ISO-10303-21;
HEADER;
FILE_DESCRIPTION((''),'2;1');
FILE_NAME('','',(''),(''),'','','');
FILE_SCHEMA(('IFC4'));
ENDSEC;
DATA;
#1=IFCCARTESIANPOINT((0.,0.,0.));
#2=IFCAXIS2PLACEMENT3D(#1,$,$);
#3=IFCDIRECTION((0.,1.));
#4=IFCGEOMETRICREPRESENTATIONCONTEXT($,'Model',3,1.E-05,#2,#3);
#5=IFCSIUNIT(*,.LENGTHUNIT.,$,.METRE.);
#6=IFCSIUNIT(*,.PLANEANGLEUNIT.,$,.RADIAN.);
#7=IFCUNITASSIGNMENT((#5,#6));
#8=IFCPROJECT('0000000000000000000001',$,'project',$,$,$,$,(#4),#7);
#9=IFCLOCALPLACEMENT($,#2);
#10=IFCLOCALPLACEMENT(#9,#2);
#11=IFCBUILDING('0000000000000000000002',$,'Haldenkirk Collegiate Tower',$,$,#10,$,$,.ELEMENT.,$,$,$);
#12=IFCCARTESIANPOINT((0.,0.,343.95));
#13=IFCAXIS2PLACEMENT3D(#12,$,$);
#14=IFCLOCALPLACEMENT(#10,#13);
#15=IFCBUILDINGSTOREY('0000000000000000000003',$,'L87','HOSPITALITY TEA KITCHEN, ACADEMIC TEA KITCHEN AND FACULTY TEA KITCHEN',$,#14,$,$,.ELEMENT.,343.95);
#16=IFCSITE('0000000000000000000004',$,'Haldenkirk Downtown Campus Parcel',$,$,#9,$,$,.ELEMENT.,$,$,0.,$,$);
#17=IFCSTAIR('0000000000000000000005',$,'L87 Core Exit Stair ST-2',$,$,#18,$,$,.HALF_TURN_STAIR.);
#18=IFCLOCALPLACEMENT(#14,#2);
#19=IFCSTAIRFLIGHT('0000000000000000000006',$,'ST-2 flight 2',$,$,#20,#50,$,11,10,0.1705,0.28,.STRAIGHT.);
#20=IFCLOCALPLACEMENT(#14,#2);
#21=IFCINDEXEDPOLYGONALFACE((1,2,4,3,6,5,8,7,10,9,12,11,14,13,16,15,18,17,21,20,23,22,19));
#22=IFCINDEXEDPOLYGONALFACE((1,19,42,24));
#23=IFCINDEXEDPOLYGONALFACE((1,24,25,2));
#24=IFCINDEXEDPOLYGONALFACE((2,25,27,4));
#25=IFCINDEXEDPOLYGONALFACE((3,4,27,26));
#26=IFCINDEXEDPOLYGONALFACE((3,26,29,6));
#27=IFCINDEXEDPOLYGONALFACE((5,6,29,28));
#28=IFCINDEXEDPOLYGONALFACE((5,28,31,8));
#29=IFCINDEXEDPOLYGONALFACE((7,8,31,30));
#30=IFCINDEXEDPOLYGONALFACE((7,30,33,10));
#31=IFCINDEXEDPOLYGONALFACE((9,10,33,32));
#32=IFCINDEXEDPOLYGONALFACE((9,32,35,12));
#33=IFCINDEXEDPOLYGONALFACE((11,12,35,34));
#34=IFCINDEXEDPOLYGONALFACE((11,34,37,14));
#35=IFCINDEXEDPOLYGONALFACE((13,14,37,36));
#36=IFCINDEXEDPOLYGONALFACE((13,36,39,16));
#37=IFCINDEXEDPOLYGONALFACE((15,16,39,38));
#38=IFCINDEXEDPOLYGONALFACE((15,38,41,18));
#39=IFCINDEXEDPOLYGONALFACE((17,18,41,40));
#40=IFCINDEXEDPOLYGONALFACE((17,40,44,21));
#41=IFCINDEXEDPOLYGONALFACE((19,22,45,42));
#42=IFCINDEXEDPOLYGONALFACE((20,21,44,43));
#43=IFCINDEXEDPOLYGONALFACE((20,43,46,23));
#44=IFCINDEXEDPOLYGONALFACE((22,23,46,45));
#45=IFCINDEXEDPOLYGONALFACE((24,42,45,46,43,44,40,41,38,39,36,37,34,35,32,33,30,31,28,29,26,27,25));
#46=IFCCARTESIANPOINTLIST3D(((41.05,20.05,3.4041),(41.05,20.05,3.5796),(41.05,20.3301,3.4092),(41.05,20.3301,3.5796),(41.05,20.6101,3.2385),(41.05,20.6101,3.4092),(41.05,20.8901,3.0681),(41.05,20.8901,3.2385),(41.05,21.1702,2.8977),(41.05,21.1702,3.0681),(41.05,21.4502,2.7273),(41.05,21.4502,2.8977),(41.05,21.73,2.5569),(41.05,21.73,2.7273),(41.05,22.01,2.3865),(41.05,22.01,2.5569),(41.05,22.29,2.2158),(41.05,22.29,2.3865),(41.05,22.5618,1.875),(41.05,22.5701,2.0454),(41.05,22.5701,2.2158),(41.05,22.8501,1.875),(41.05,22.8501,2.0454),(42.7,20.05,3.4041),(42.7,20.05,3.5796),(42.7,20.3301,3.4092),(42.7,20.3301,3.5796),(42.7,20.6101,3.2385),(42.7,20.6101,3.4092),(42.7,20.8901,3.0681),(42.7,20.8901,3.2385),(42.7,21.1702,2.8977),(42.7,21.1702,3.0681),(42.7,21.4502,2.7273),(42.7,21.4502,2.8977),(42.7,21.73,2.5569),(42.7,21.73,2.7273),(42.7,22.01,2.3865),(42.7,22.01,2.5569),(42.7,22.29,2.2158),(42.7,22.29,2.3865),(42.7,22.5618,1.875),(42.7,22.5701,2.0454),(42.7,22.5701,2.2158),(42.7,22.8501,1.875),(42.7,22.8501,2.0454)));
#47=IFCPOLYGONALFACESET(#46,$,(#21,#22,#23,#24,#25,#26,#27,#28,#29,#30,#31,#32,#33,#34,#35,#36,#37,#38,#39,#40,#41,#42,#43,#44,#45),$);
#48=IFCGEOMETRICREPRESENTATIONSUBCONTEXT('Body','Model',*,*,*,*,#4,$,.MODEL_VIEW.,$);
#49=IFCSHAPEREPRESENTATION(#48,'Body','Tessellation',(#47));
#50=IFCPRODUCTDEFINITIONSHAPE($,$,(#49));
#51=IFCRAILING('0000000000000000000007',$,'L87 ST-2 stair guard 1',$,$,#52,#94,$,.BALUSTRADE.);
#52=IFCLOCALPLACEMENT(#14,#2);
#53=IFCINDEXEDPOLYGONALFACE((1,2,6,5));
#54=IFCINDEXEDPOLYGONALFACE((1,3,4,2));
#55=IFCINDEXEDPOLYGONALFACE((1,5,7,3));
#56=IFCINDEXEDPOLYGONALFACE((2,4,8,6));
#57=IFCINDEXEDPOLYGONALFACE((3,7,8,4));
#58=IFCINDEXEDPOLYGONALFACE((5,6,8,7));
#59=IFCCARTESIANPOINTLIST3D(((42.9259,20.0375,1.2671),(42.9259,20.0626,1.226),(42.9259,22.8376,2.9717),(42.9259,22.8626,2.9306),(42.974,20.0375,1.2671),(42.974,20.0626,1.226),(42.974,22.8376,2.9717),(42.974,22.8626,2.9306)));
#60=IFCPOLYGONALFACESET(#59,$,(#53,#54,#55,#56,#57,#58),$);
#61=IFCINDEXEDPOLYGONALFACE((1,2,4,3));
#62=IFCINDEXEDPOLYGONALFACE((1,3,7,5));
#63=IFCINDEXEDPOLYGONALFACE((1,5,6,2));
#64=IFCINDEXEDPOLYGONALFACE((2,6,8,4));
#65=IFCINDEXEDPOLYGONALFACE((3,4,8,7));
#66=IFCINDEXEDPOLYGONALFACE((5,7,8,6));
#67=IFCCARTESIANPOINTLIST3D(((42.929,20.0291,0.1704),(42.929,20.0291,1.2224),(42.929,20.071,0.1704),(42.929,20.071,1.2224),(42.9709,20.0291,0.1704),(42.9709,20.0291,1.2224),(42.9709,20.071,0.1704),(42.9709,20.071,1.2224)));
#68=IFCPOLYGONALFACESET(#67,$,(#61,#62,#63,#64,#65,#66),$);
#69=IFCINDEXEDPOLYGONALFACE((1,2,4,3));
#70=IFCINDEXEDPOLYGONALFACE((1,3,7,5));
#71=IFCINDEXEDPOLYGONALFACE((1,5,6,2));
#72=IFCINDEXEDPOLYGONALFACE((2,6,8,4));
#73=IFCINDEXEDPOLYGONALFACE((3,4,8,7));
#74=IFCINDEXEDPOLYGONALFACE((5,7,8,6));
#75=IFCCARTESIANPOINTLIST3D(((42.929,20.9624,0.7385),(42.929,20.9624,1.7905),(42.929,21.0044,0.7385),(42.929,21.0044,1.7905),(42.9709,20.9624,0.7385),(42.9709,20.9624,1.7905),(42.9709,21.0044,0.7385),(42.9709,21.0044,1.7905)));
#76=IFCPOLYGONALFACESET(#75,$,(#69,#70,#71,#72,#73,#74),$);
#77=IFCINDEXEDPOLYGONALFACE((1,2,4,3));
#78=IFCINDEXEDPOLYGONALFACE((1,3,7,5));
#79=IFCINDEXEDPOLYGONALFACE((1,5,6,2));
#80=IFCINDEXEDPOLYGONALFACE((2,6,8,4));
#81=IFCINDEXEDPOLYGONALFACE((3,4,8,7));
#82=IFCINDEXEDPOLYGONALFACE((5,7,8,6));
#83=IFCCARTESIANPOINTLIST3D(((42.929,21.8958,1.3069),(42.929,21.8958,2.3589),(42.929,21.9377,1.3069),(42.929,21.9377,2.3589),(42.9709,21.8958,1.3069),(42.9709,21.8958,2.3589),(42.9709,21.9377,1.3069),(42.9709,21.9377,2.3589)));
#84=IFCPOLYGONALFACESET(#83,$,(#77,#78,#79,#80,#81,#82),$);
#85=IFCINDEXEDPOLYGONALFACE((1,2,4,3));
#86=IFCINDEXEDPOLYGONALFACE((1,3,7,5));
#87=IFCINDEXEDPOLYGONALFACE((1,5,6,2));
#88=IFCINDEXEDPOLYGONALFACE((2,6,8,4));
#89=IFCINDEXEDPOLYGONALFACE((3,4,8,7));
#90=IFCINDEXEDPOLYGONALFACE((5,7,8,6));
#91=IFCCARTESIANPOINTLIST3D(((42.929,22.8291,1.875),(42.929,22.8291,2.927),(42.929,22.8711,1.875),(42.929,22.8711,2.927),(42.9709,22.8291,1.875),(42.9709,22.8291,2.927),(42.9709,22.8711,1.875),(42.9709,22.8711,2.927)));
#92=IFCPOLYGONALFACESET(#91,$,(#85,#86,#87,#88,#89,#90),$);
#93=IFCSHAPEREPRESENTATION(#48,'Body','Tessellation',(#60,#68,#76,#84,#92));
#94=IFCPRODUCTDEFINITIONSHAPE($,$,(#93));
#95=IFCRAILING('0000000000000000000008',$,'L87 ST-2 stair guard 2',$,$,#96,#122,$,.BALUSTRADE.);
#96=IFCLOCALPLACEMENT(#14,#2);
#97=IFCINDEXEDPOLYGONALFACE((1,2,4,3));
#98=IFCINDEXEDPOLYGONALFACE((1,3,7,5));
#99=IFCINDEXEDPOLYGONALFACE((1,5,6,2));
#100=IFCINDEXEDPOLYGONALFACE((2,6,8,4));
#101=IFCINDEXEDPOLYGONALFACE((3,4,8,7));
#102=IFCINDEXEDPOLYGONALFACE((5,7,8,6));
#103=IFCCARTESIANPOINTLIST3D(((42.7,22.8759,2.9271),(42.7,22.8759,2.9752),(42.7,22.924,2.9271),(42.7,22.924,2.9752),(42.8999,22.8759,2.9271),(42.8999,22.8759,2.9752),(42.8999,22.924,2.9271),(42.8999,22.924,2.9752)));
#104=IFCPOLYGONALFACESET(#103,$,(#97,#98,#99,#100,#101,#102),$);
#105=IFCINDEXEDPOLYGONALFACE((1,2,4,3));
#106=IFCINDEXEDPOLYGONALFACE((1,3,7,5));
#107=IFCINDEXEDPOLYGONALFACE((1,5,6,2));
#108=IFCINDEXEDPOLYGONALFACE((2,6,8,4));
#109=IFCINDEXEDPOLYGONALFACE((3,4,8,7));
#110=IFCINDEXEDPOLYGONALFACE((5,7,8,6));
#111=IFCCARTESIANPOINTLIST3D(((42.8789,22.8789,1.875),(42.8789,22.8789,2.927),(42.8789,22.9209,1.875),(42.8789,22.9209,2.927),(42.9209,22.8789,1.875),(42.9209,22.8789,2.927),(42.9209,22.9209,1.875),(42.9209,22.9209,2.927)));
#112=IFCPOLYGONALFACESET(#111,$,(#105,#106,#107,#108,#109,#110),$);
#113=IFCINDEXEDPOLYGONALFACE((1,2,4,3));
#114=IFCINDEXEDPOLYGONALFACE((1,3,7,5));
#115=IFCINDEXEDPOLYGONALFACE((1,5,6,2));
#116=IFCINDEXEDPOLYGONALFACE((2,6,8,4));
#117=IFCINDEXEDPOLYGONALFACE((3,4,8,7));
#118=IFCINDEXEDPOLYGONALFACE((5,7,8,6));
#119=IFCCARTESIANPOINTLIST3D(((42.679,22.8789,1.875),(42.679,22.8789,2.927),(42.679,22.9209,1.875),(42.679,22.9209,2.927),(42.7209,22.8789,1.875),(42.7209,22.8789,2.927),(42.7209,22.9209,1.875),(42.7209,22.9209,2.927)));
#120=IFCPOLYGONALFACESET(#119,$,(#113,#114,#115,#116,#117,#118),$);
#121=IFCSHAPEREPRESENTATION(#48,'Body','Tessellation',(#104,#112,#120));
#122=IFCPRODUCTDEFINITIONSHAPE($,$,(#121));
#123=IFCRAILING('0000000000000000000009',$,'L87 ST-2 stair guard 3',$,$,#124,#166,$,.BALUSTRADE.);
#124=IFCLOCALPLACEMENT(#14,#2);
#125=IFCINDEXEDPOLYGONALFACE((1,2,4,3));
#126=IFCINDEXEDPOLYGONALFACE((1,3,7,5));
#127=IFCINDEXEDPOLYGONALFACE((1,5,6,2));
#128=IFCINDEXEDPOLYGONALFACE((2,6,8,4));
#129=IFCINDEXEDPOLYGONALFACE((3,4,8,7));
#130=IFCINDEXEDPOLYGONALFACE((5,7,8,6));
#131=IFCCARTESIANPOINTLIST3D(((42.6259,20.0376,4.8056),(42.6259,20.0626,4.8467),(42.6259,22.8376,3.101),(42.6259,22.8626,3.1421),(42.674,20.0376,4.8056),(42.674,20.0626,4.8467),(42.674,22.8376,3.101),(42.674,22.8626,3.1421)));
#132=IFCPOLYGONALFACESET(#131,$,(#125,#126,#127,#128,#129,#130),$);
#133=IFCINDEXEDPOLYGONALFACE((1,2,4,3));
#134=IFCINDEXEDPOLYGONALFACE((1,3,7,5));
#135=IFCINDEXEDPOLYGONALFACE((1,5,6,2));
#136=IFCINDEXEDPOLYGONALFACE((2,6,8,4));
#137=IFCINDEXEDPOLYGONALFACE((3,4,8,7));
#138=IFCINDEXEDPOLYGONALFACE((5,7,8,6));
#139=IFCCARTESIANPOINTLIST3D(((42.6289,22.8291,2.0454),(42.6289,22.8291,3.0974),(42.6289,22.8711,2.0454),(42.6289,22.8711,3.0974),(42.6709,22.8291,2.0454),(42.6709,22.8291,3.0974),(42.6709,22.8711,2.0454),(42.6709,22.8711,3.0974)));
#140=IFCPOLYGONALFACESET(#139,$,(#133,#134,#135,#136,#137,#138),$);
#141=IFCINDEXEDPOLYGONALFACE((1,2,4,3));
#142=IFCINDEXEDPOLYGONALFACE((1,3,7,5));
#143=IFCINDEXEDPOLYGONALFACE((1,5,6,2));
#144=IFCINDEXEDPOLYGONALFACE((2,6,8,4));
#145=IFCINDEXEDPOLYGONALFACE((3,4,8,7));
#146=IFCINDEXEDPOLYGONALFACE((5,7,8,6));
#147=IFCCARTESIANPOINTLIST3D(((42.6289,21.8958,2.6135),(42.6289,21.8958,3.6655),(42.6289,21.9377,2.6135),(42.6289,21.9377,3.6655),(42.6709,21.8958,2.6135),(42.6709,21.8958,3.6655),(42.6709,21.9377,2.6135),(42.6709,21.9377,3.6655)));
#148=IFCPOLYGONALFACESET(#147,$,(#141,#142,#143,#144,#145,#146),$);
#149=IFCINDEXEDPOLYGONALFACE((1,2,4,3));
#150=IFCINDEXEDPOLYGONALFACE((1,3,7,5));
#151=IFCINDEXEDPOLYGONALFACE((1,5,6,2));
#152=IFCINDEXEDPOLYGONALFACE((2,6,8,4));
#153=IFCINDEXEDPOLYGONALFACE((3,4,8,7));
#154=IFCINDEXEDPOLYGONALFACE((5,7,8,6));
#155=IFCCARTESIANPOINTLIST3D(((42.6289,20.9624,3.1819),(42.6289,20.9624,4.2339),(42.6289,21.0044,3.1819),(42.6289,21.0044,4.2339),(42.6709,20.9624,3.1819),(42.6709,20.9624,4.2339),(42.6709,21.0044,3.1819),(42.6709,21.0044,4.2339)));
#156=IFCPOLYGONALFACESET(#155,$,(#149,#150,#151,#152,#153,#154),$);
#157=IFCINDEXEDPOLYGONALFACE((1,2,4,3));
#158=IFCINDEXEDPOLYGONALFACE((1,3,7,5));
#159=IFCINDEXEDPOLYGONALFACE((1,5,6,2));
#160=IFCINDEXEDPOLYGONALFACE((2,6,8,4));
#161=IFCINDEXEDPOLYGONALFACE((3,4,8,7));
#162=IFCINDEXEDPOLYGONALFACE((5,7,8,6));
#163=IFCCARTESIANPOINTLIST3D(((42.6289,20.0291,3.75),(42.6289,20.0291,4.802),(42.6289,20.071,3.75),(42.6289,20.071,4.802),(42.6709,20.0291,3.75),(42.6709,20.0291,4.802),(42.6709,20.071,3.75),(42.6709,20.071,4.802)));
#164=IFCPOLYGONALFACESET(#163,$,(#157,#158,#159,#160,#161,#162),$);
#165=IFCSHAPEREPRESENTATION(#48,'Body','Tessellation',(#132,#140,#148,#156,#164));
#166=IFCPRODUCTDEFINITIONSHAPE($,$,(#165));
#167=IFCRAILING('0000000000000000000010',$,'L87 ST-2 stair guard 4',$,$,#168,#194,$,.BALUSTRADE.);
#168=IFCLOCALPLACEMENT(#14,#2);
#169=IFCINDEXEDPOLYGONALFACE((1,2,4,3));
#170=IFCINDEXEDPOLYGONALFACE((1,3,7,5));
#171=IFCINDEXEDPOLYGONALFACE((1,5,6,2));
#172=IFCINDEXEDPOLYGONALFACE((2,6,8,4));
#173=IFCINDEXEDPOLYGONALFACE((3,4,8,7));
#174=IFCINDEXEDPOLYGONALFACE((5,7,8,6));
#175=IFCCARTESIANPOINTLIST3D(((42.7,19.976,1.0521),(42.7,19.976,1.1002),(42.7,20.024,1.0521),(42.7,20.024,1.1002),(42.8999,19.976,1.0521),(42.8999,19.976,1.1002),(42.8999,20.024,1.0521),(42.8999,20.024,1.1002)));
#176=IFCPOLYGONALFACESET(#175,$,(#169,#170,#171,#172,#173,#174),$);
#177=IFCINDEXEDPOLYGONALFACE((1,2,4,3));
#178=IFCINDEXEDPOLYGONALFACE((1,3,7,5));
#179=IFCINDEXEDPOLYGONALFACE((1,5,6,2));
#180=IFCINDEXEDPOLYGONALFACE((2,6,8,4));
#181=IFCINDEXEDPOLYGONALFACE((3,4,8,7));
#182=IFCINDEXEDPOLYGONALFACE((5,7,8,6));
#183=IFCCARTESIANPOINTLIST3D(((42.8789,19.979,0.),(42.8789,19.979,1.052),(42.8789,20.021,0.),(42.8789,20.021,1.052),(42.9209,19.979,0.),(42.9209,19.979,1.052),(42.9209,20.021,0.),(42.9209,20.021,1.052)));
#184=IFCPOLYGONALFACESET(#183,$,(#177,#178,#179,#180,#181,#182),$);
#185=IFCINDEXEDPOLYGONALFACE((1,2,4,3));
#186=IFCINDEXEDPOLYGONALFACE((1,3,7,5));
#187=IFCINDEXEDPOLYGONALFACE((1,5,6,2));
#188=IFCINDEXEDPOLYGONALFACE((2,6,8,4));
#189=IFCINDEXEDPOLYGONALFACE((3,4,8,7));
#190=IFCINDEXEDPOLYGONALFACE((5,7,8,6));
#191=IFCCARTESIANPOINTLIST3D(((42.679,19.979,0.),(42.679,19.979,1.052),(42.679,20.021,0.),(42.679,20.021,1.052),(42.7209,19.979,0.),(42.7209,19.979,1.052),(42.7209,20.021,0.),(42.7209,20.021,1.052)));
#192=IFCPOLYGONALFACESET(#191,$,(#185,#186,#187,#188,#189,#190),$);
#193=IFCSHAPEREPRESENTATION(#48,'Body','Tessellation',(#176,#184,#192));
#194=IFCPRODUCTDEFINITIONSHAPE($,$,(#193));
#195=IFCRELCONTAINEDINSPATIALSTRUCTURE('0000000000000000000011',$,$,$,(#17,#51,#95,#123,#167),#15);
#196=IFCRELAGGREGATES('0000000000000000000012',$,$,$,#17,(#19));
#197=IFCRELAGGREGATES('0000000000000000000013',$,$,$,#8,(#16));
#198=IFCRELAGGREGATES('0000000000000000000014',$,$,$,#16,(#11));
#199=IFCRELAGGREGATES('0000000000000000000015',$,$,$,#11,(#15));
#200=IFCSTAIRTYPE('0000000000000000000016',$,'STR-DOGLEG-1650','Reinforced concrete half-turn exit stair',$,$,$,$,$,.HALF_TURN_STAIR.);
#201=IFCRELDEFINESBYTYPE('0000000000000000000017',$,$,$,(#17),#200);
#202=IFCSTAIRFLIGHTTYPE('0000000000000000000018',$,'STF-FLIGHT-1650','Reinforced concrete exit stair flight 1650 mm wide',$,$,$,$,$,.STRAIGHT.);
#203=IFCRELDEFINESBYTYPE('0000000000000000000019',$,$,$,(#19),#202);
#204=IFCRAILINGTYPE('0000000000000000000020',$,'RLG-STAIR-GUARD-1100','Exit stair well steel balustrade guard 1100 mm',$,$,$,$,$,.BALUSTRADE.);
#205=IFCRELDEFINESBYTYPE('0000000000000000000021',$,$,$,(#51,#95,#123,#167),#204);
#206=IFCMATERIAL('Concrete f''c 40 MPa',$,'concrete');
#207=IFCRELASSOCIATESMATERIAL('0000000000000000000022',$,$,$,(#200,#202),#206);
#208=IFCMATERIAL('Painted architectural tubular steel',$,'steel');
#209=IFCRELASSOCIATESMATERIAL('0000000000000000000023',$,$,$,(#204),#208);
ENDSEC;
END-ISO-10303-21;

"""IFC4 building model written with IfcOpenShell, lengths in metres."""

from ifc_helpers import new_model, si_unit, direction, frame, origin, origin_2d, place, context, subcontext, project, spatial, polyline, rectangle, outline, extrude, material, type_object, element, aggregate, save


model = new_model("IFC4")

# Units and contexts
model_context = context("Model", 3, precision=1e-05, world=origin(), true_north=direction((0.0, 1.0)))
body_context = subcontext(model_context, "Body", "Model", "MODEL_VIEW")
ifc_project = project(units=[si_unit("LENGTHUNIT", "METRE"), si_unit("PLANEANGLEUNIT", "RADIAN")], contexts=[model_context])

# Site, building, storey
site_placement = place(None, origin())
site = spatial("IfcSite", under=ifc_project, at=site_placement, Name="Haldenkirk Downtown Campus Parcel", CompositionType="ELEMENT", RefElevation=0.0)
building_placement = place(site_placement, origin())
building = spatial("IfcBuilding", under=site, at=building_placement, Name="Haldenkirk Collegiate Tower", CompositionType="ELEMENT")
storey_placement = place(building_placement, frame((0.0, 0.0, 343.95)))
storey = spatial("IfcBuildingStorey", under=building, at=storey_placement, Name="L87", Description="HOSPITALITY TEA KITCHEN, ACADEMIC TEA KITCHEN AND FACULTY TEA KITCHEN", CompositionType="ELEMENT", Elevation=343.95)

# Stair, stair flight
ifc_material_1 = material(Name="Concrete f'c 40 MPa", Category="concrete")
stair_type = type_object("IfcStairType", Name="STR-DOGLEG-1650", Description="Reinforced concrete half-turn exit stair", PredefinedType="HALF_TURN_STAIR", material=ifc_material_1)
stair_placement = place(storey_placement, origin())
stair = element("IfcStair", 1, at=stair_placement, inside=storey, type_object=stair_type, Name="L87 Core Exit Stair ST-2", PredefinedType="HALF_TURN_STAIR")
stair_flight_type = type_object("IfcStairFlightType", Name="STF-FLIGHT-1650", Description="Reinforced concrete exit stair flight 1650 mm wide", PredefinedType="STRAIGHT", material=ifc_material_1)
stair_flight_1_placement = place(storey_placement, frame((41.875, 22.8501, 1.875), z_axis=(0.0, 0.0, 1.0), x_axis=(0.0, -1.0, 0.0)))
stair_flight_1 = element("IfcStairFlight", 2, at=stair_flight_1_placement, type_object=stair_flight_type, Name="ST-2 flight 2", NumberOfRisers=11, NumberOfTreads=10, PredefinedType="STRAIGHT", RiserHeight=0.1705, TreadLength=0.28, context=body_context, shape_type="SweptSolid", body=[
    extrude(outline(polyline([(0.0, 0.0), (0.0, 0.1704), (0.28, 0.1704), (0.28, 0.3408), (0.5601, 0.3408), (0.5601, 0.5115), (0.8401, 0.5115), (0.8401, 0.6819), (1.1201, 0.6819), (1.1201, 0.8523), (1.3999, 0.8523), (1.3999, 1.0227), (1.6799, 1.0227), (1.6799, 1.1931), (1.96, 1.1931), (1.96, 1.3635), (2.24, 1.3635), (2.24, 1.5342), (2.52, 1.5342), (2.52, 1.7046), (2.8, 1.7046), (2.8, 1.875), (2.8, 1.5291), (0.2883, 0.0), (0.0, 0.0)])), frame((0.0, 0.825, 0.0), z_axis=(0.0, -1.0, 0.0), x_axis=(1.0, 0.0, 0.0)), (0.0, 0.0, 1.0), 1.6499),
])
aggregate(stair, [stair_flight_1])

# Railings
ifc_material_2 = material(Name="Painted architectural tubular steel", Category="steel")
railing_type_1 = type_object("IfcRailingType", Name="RLG-STAIR-GUARD-1100", Description="Exit stair well steel balustrade guard 1100 mm", PredefinedType="BALUSTRADE", material=ifc_material_2)
railing_1_placement = place(storey_placement, frame((42.95, 20.05, 0.1704)))
element("IfcRailing", 3, at=railing_1_placement, inside=storey, type_object=railing_type_1, Name="L87 ST-2 stair guard 1", PredefinedType="BALUSTRADE", context=body_context, shape_type="SweptSolid", body=[
    extrude(rectangle(XDim=0.0481, YDim=0.0481, at=origin_2d()), frame((0.0, 0.0, 1.0762), z_axis=(0.0, 0.85417, 0.519994), x_axis=(-1.0, 0.0, 0.0)), (0.0, 0.0, 1.0), 3.2781),
    extrude(rectangle(XDim=0.042, YDim=0.042, at=origin_2d()), origin(), (0.0, 0.0, 1.0), 1.052),
    extrude(rectangle(XDim=0.042, YDim=0.042, at=origin_2d()), frame((0.0, 0.9333, 0.5681)), (0.0, 0.0, 1.0), 1.052),
    extrude(rectangle(XDim=0.042, YDim=0.042, at=origin_2d()), frame((0.0, 1.8667, 1.1365)), (0.0, 0.0, 1.0), 1.052),
    extrude(rectangle(XDim=0.042, YDim=0.042, at=origin_2d()), frame((0.0, 2.8, 1.7046)), (0.0, 0.0, 1.0), 1.052),
])
railing_2_placement = place(storey_placement, frame((42.8999, 22.8999, 1.875)))
element("IfcRailing", 4, at=railing_2_placement, inside=storey, type_object=railing_type_1, Name="L87 ST-2 stair guard 2", PredefinedType="BALUSTRADE", context=body_context, shape_type="SweptSolid", body=[
    extrude(rectangle(XDim=0.0481, YDim=0.0481, at=origin_2d()), frame((0.0, 0.0, 1.0762), z_axis=(-1.0, 0.0, 0.0), x_axis=(0.0, -1.0, 0.0)), (0.0, 0.0, 1.0), 0.2),
    extrude(rectangle(XDim=0.042, YDim=0.042, at=origin_2d()), origin(), (0.0, 0.0, 1.0), 1.052),
    extrude(rectangle(XDim=0.042, YDim=0.042, at=origin_2d()), frame((-0.2, 0.0, 0.0)), (0.0, 0.0, 1.0), 1.052),
])
railing_3_placement = place(storey_placement, frame((42.6499, 22.8501, 2.0454)))
element("IfcRailing", 5, at=railing_3_placement, inside=storey, type_object=railing_type_1, Name="L87 ST-2 stair guard 3", PredefinedType="BALUSTRADE", context=body_context, shape_type="SweptSolid", body=[
    extrude(rectangle(XDim=0.0481, YDim=0.0481, at=origin_2d()), frame((0.0, 0.0, 1.0762), z_axis=(0.0, -0.85417, 0.519994), x_axis=(1.0, 0.0, 0.0)), (0.0, 0.0, 1.0), 3.2781),
    extrude(rectangle(XDim=0.042, YDim=0.042, at=origin_2d()), origin(), (0.0, 0.0, 1.0), 1.052),
    extrude(rectangle(XDim=0.042, YDim=0.042, at=origin_2d()), frame((0.0, -0.9333, 0.5681)), (0.0, 0.0, 1.0), 1.052),
    extrude(rectangle(XDim=0.042, YDim=0.042, at=origin_2d()), frame((0.0, -1.8667, 1.1365)), (0.0, 0.0, 1.0), 1.052),
    extrude(rectangle(XDim=0.042, YDim=0.042, at=origin_2d()), frame((0.0, -2.8, 1.7046)), (0.0, 0.0, 1.0), 1.052),
])
railing_4_placement = place(storey_placement, frame((42.8999, 20.0, 0.0)))
element("IfcRailing", 6, at=railing_4_placement, inside=storey, type_object=railing_type_1, Name="L87 ST-2 stair guard 4", PredefinedType="BALUSTRADE", context=body_context, shape_type="SweptSolid", body=[
    extrude(rectangle(XDim=0.0481, YDim=0.0481, at=origin_2d()), frame((0.0, 0.0, 1.0762), z_axis=(-1.0, 0.0, 0.0), x_axis=(0.0, -1.0, 0.0)), (0.0, 0.0, 1.0), 0.2),
    extrude(rectangle(XDim=0.042, YDim=0.042, at=origin_2d()), origin(), (0.0, 0.0, 1.0), 1.052),
    extrude(rectangle(XDim=0.042, YDim=0.042, at=origin_2d()), frame((-0.2, 0.0, 0.0)), (0.0, 0.0, 1.0), 1.052),
])

save(model, "model.ifc")
